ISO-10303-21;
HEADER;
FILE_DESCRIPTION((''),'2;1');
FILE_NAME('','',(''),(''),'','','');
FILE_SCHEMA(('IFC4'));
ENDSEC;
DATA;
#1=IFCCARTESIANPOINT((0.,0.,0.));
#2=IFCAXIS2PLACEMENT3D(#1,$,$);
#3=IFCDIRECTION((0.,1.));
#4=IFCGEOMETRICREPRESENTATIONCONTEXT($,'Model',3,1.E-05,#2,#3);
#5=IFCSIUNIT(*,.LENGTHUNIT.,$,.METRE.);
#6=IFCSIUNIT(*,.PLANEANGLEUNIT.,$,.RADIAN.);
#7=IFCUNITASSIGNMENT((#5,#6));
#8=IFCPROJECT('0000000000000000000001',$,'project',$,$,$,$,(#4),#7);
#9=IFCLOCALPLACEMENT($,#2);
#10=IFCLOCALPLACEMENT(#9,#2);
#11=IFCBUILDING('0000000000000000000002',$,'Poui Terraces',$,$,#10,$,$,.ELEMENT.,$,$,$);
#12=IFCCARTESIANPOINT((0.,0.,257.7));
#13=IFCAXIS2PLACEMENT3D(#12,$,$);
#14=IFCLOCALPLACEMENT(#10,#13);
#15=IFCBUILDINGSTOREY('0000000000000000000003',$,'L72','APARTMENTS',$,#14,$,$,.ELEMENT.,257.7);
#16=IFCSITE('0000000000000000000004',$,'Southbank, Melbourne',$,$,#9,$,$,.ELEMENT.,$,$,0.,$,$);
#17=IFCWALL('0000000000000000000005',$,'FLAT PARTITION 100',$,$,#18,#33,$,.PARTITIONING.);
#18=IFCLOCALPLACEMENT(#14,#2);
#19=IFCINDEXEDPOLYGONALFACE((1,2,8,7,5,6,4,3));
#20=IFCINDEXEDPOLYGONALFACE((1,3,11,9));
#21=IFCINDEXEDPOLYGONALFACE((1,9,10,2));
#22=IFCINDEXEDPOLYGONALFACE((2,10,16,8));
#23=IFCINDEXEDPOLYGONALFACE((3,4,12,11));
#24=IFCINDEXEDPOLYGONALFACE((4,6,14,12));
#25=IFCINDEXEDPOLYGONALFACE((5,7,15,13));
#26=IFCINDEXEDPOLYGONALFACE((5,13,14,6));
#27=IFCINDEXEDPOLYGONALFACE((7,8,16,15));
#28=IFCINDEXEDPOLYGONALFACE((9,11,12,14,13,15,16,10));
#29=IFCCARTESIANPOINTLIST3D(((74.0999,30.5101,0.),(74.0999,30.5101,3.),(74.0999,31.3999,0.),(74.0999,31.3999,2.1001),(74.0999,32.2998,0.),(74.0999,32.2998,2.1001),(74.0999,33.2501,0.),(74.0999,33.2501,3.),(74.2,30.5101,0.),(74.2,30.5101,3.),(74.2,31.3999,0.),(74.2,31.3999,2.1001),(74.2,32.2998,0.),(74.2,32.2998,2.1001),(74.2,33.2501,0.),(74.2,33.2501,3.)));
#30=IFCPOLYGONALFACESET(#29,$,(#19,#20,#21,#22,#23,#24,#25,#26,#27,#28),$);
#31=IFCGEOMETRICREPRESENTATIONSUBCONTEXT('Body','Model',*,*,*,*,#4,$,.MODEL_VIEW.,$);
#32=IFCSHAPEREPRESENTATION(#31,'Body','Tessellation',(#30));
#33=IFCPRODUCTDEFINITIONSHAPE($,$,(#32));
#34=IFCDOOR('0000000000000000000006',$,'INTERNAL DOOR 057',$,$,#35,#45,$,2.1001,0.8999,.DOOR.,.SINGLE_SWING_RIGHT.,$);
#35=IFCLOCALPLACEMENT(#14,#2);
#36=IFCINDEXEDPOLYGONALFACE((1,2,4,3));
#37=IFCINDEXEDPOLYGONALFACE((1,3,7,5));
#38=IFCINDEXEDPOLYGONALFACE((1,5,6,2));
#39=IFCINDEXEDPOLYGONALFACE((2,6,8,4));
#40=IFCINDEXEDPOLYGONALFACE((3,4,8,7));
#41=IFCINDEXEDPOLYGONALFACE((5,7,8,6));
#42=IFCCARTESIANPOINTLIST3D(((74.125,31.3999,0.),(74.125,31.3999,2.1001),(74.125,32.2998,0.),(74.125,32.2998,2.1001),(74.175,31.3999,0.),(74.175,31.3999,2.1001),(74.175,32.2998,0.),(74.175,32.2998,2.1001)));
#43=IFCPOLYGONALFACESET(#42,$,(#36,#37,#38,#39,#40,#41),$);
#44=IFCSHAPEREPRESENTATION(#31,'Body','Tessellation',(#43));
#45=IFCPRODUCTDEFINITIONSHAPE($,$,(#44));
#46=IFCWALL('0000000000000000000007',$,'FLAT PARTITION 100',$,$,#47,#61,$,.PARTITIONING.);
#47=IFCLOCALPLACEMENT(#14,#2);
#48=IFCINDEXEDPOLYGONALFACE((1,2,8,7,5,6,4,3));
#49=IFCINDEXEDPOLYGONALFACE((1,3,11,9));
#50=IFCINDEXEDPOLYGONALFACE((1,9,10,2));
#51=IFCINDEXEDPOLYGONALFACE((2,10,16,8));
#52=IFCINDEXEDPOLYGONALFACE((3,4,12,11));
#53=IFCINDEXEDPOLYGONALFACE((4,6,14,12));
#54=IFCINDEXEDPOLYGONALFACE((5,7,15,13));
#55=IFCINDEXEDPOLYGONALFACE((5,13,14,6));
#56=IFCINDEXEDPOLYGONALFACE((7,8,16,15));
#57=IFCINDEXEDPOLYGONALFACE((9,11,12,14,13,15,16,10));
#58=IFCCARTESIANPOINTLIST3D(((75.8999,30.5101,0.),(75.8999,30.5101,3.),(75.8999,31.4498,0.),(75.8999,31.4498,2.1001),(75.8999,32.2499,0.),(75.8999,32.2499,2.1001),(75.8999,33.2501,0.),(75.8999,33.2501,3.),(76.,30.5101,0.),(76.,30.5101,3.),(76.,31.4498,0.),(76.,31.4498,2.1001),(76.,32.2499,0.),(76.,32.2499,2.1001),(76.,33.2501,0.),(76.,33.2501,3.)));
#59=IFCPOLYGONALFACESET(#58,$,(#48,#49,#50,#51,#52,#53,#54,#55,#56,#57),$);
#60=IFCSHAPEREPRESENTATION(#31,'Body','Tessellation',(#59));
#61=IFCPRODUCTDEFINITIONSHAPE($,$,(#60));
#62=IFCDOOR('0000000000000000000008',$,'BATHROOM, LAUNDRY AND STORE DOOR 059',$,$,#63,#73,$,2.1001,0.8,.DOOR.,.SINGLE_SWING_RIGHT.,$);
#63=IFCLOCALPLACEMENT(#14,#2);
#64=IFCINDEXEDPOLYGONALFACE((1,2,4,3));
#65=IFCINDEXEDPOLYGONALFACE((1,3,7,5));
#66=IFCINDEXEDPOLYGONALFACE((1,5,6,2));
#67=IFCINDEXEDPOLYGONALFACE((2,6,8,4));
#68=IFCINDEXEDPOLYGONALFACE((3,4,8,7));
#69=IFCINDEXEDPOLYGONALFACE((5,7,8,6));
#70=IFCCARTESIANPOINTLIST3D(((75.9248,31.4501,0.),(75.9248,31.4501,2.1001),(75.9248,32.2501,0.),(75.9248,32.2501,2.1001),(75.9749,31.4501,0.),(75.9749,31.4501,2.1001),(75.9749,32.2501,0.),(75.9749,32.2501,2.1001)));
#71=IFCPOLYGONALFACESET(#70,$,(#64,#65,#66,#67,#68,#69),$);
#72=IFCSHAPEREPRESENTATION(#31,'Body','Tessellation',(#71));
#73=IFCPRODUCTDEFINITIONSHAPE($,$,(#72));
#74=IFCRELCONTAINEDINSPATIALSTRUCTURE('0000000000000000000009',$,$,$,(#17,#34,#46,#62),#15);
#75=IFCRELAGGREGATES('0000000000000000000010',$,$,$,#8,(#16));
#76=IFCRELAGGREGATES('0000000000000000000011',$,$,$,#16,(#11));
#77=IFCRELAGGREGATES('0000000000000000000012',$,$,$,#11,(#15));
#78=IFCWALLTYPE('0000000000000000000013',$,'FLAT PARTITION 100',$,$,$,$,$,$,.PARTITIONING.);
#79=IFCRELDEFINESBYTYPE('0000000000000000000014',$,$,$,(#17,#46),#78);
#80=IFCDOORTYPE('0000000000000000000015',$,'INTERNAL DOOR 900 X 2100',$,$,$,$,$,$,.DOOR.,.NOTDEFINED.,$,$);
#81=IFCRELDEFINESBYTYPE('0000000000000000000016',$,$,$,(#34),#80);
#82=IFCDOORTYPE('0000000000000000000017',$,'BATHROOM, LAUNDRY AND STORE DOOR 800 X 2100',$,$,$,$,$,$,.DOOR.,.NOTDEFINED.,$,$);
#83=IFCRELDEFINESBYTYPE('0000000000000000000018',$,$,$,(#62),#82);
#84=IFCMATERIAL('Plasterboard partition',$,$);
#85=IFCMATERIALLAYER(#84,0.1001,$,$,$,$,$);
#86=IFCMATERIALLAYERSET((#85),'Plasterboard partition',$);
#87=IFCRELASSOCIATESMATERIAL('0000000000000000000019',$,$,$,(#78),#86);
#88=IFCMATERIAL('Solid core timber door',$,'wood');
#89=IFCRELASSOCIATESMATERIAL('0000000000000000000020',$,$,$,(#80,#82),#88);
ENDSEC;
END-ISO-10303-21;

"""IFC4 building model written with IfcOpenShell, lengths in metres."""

from ifc_helpers import new_model, si_unit, direction, frame, frame_2d, origin, place, context, subcontext, project, spatial, rectangle, extrude, material, layer, layer_set, type_object, element, fill, save


model = new_model("IFC4")

# Units and contexts
model_context = context("Model", 3, precision=1e-05, world=origin(), true_north=direction((0.0, 1.0)))
body_context = subcontext(model_context, "Body", "Model", "MODEL_VIEW")
ifc_project = project(units=[si_unit("LENGTHUNIT", "METRE"), si_unit("PLANEANGLEUNIT", "RADIAN")], contexts=[model_context])

# Site, building, storey
site_placement = place(None, origin())
site = spatial("IfcSite", under=ifc_project, at=site_placement, Name="Southbank, Melbourne", CompositionType="ELEMENT", RefElevation=0.0)
building_placement = place(site_placement, origin())
building = spatial("IfcBuilding", under=site, at=building_placement, Name="Poui Terraces", CompositionType="ELEMENT")
storey_placement = place(building_placement, frame((0.0, 0.0, 257.7)))
storey = spatial("IfcBuildingStorey", under=building, at=storey_placement, Name="L72", Description="APARTMENTS", CompositionType="ELEMENT", Elevation=257.7)

# Walls, openings, doors
ifc_material_1 = material(Name="Plasterboard partition")
ifc_layer = layer(ifc_material_1, 0.1001)
ifc_layer_set = layer_set([ifc_layer], Name="Plasterboard partition")
wall_type = type_object("IfcWallType", Name="FLAT PARTITION 100", PredefinedType="PARTITIONING", material=ifc_layer_set)
wall_1_placement = place(storey_placement, frame((74.1499, 30.51, 0.0), z_axis=(0.0, 0.0, 1.0), x_axis=(0.0, 1.0, 0.0)))
wall_1 = element("IfcWall", 1, at=wall_1_placement, inside=storey, type_object=wall_type, Name="FLAT PARTITION 100", PredefinedType="PARTITIONING", context=body_context, shape_type="SweptSolid", body=[
    extrude(rectangle(XDim=2.74, YDim=0.1001, at=frame_2d((1.3701, 0.0))), origin(), (0.0, 0.0, 1.0), 3.0),
])
opening_1_placement = place(wall_1_placement, frame((0.8899, 0.0, 0.0)))
opening_1 = element("IfcOpeningElement", 2, at=opening_1_placement, cuts=wall_1, PredefinedType="OPENING", context=body_context, shape_type="SweptSolid", body=[
    extrude(rectangle(XDim=0.8999, YDim=2.1001, at=frame_2d((0.45, 1.05))), frame((0.0, 0.0601, 0.0), z_axis=(0.0, -1.0, 0.0), x_axis=(1.0, 0.0, 0.0)), (0.0, 0.0, 1.0), 0.1201),
])
ifc_material_2 = material(Name="Solid core timber door", Category="wood")
door_type_1 = type_object("IfcDoorType", Name="INTERNAL DOOR 900 X 2100", OperationType="NOTDEFINED", PredefinedType="DOOR", material=ifc_material_2)
door_1_placement = place(opening_1_placement, origin())
door_1 = element("IfcDoor", 3, at=door_1_placement, inside=storey, type_object=door_type_1, Name="INTERNAL DOOR 057", OperationType="SINGLE_SWING_RIGHT", OverallHeight=2.1001, OverallWidth=0.8999, PredefinedType="DOOR", context=body_context, shape_type="SweptSolid", body=[
    extrude(rectangle(XDim=0.8999, YDim=2.1001, at=frame_2d((0.45, 1.05))), frame((0.0, 0.0249, 0.0), z_axis=(0.0, -1.0, 0.0), x_axis=(1.0, 0.0, 0.0)), (0.0, 0.0, 1.0), 0.05),
])
fill(opening_1, door_1)
wall_2_placement = place(storey_placement, frame((75.95, 30.51, 0.0), z_axis=(0.0, 0.0, 1.0), x_axis=(0.0, 1.0, 0.0)))
wall_2 = element("IfcWall", 4, at=wall_2_placement, inside=storey, type_object=wall_type, Name="FLAT PARTITION 100", PredefinedType="PARTITIONING", context=body_context, shape_type="SweptSolid", body=[
    extrude(rectangle(XDim=2.74, YDim=0.1001, at=frame_2d((1.3701, 0.0))), origin(), (0.0, 0.0, 1.0), 3.0),
])
opening_2_placement = place(wall_2_placement, frame((0.9399, 0.0, 0.0)))
opening_2 = element("IfcOpeningElement", 5, at=opening_2_placement, cuts=wall_2, PredefinedType="OPENING", context=body_context, shape_type="SweptSolid", body=[
    extrude(rectangle(XDim=0.8, YDim=2.1001, at=frame_2d((0.3999, 1.05))), frame((0.0, 0.0601, 0.0), z_axis=(0.0, -1.0, 0.0), x_axis=(1.0, 0.0, 0.0)), (0.0, 0.0, 1.0), 0.1201),
])
door_type_2 = type_object("IfcDoorType", Name="BATHROOM, LAUNDRY AND STORE DOOR 800 X 2100", OperationType="NOTDEFINED", PredefinedType="DOOR", material=ifc_material_2)
door_2_placement = place(opening_2_placement, frame((0.8, 0.0, 0.0), z_axis=(0.0, 0.0, 1.0), x_axis=(-1.0, 0.0, 0.0)))
door_2 = element("IfcDoor", 6, at=door_2_placement, inside=storey, type_object=door_type_2, Name="BATHROOM, LAUNDRY AND STORE DOOR 059", OperationType="SINGLE_SWING_RIGHT", OverallHeight=2.1001, OverallWidth=0.8, PredefinedType="DOOR", context=body_context, shape_type="SweptSolid", body=[
    extrude(rectangle(XDim=0.8, YDim=2.1001, at=frame_2d((0.3999, 1.05))), frame((0.0, 0.0249, 0.0), z_axis=(0.0, -1.0, 0.0), x_axis=(1.0, 0.0, 0.0)), (0.0, 0.0, 1.0), 0.05),
])
fill(opening_2, door_2)

save(model, "model.ifc")
